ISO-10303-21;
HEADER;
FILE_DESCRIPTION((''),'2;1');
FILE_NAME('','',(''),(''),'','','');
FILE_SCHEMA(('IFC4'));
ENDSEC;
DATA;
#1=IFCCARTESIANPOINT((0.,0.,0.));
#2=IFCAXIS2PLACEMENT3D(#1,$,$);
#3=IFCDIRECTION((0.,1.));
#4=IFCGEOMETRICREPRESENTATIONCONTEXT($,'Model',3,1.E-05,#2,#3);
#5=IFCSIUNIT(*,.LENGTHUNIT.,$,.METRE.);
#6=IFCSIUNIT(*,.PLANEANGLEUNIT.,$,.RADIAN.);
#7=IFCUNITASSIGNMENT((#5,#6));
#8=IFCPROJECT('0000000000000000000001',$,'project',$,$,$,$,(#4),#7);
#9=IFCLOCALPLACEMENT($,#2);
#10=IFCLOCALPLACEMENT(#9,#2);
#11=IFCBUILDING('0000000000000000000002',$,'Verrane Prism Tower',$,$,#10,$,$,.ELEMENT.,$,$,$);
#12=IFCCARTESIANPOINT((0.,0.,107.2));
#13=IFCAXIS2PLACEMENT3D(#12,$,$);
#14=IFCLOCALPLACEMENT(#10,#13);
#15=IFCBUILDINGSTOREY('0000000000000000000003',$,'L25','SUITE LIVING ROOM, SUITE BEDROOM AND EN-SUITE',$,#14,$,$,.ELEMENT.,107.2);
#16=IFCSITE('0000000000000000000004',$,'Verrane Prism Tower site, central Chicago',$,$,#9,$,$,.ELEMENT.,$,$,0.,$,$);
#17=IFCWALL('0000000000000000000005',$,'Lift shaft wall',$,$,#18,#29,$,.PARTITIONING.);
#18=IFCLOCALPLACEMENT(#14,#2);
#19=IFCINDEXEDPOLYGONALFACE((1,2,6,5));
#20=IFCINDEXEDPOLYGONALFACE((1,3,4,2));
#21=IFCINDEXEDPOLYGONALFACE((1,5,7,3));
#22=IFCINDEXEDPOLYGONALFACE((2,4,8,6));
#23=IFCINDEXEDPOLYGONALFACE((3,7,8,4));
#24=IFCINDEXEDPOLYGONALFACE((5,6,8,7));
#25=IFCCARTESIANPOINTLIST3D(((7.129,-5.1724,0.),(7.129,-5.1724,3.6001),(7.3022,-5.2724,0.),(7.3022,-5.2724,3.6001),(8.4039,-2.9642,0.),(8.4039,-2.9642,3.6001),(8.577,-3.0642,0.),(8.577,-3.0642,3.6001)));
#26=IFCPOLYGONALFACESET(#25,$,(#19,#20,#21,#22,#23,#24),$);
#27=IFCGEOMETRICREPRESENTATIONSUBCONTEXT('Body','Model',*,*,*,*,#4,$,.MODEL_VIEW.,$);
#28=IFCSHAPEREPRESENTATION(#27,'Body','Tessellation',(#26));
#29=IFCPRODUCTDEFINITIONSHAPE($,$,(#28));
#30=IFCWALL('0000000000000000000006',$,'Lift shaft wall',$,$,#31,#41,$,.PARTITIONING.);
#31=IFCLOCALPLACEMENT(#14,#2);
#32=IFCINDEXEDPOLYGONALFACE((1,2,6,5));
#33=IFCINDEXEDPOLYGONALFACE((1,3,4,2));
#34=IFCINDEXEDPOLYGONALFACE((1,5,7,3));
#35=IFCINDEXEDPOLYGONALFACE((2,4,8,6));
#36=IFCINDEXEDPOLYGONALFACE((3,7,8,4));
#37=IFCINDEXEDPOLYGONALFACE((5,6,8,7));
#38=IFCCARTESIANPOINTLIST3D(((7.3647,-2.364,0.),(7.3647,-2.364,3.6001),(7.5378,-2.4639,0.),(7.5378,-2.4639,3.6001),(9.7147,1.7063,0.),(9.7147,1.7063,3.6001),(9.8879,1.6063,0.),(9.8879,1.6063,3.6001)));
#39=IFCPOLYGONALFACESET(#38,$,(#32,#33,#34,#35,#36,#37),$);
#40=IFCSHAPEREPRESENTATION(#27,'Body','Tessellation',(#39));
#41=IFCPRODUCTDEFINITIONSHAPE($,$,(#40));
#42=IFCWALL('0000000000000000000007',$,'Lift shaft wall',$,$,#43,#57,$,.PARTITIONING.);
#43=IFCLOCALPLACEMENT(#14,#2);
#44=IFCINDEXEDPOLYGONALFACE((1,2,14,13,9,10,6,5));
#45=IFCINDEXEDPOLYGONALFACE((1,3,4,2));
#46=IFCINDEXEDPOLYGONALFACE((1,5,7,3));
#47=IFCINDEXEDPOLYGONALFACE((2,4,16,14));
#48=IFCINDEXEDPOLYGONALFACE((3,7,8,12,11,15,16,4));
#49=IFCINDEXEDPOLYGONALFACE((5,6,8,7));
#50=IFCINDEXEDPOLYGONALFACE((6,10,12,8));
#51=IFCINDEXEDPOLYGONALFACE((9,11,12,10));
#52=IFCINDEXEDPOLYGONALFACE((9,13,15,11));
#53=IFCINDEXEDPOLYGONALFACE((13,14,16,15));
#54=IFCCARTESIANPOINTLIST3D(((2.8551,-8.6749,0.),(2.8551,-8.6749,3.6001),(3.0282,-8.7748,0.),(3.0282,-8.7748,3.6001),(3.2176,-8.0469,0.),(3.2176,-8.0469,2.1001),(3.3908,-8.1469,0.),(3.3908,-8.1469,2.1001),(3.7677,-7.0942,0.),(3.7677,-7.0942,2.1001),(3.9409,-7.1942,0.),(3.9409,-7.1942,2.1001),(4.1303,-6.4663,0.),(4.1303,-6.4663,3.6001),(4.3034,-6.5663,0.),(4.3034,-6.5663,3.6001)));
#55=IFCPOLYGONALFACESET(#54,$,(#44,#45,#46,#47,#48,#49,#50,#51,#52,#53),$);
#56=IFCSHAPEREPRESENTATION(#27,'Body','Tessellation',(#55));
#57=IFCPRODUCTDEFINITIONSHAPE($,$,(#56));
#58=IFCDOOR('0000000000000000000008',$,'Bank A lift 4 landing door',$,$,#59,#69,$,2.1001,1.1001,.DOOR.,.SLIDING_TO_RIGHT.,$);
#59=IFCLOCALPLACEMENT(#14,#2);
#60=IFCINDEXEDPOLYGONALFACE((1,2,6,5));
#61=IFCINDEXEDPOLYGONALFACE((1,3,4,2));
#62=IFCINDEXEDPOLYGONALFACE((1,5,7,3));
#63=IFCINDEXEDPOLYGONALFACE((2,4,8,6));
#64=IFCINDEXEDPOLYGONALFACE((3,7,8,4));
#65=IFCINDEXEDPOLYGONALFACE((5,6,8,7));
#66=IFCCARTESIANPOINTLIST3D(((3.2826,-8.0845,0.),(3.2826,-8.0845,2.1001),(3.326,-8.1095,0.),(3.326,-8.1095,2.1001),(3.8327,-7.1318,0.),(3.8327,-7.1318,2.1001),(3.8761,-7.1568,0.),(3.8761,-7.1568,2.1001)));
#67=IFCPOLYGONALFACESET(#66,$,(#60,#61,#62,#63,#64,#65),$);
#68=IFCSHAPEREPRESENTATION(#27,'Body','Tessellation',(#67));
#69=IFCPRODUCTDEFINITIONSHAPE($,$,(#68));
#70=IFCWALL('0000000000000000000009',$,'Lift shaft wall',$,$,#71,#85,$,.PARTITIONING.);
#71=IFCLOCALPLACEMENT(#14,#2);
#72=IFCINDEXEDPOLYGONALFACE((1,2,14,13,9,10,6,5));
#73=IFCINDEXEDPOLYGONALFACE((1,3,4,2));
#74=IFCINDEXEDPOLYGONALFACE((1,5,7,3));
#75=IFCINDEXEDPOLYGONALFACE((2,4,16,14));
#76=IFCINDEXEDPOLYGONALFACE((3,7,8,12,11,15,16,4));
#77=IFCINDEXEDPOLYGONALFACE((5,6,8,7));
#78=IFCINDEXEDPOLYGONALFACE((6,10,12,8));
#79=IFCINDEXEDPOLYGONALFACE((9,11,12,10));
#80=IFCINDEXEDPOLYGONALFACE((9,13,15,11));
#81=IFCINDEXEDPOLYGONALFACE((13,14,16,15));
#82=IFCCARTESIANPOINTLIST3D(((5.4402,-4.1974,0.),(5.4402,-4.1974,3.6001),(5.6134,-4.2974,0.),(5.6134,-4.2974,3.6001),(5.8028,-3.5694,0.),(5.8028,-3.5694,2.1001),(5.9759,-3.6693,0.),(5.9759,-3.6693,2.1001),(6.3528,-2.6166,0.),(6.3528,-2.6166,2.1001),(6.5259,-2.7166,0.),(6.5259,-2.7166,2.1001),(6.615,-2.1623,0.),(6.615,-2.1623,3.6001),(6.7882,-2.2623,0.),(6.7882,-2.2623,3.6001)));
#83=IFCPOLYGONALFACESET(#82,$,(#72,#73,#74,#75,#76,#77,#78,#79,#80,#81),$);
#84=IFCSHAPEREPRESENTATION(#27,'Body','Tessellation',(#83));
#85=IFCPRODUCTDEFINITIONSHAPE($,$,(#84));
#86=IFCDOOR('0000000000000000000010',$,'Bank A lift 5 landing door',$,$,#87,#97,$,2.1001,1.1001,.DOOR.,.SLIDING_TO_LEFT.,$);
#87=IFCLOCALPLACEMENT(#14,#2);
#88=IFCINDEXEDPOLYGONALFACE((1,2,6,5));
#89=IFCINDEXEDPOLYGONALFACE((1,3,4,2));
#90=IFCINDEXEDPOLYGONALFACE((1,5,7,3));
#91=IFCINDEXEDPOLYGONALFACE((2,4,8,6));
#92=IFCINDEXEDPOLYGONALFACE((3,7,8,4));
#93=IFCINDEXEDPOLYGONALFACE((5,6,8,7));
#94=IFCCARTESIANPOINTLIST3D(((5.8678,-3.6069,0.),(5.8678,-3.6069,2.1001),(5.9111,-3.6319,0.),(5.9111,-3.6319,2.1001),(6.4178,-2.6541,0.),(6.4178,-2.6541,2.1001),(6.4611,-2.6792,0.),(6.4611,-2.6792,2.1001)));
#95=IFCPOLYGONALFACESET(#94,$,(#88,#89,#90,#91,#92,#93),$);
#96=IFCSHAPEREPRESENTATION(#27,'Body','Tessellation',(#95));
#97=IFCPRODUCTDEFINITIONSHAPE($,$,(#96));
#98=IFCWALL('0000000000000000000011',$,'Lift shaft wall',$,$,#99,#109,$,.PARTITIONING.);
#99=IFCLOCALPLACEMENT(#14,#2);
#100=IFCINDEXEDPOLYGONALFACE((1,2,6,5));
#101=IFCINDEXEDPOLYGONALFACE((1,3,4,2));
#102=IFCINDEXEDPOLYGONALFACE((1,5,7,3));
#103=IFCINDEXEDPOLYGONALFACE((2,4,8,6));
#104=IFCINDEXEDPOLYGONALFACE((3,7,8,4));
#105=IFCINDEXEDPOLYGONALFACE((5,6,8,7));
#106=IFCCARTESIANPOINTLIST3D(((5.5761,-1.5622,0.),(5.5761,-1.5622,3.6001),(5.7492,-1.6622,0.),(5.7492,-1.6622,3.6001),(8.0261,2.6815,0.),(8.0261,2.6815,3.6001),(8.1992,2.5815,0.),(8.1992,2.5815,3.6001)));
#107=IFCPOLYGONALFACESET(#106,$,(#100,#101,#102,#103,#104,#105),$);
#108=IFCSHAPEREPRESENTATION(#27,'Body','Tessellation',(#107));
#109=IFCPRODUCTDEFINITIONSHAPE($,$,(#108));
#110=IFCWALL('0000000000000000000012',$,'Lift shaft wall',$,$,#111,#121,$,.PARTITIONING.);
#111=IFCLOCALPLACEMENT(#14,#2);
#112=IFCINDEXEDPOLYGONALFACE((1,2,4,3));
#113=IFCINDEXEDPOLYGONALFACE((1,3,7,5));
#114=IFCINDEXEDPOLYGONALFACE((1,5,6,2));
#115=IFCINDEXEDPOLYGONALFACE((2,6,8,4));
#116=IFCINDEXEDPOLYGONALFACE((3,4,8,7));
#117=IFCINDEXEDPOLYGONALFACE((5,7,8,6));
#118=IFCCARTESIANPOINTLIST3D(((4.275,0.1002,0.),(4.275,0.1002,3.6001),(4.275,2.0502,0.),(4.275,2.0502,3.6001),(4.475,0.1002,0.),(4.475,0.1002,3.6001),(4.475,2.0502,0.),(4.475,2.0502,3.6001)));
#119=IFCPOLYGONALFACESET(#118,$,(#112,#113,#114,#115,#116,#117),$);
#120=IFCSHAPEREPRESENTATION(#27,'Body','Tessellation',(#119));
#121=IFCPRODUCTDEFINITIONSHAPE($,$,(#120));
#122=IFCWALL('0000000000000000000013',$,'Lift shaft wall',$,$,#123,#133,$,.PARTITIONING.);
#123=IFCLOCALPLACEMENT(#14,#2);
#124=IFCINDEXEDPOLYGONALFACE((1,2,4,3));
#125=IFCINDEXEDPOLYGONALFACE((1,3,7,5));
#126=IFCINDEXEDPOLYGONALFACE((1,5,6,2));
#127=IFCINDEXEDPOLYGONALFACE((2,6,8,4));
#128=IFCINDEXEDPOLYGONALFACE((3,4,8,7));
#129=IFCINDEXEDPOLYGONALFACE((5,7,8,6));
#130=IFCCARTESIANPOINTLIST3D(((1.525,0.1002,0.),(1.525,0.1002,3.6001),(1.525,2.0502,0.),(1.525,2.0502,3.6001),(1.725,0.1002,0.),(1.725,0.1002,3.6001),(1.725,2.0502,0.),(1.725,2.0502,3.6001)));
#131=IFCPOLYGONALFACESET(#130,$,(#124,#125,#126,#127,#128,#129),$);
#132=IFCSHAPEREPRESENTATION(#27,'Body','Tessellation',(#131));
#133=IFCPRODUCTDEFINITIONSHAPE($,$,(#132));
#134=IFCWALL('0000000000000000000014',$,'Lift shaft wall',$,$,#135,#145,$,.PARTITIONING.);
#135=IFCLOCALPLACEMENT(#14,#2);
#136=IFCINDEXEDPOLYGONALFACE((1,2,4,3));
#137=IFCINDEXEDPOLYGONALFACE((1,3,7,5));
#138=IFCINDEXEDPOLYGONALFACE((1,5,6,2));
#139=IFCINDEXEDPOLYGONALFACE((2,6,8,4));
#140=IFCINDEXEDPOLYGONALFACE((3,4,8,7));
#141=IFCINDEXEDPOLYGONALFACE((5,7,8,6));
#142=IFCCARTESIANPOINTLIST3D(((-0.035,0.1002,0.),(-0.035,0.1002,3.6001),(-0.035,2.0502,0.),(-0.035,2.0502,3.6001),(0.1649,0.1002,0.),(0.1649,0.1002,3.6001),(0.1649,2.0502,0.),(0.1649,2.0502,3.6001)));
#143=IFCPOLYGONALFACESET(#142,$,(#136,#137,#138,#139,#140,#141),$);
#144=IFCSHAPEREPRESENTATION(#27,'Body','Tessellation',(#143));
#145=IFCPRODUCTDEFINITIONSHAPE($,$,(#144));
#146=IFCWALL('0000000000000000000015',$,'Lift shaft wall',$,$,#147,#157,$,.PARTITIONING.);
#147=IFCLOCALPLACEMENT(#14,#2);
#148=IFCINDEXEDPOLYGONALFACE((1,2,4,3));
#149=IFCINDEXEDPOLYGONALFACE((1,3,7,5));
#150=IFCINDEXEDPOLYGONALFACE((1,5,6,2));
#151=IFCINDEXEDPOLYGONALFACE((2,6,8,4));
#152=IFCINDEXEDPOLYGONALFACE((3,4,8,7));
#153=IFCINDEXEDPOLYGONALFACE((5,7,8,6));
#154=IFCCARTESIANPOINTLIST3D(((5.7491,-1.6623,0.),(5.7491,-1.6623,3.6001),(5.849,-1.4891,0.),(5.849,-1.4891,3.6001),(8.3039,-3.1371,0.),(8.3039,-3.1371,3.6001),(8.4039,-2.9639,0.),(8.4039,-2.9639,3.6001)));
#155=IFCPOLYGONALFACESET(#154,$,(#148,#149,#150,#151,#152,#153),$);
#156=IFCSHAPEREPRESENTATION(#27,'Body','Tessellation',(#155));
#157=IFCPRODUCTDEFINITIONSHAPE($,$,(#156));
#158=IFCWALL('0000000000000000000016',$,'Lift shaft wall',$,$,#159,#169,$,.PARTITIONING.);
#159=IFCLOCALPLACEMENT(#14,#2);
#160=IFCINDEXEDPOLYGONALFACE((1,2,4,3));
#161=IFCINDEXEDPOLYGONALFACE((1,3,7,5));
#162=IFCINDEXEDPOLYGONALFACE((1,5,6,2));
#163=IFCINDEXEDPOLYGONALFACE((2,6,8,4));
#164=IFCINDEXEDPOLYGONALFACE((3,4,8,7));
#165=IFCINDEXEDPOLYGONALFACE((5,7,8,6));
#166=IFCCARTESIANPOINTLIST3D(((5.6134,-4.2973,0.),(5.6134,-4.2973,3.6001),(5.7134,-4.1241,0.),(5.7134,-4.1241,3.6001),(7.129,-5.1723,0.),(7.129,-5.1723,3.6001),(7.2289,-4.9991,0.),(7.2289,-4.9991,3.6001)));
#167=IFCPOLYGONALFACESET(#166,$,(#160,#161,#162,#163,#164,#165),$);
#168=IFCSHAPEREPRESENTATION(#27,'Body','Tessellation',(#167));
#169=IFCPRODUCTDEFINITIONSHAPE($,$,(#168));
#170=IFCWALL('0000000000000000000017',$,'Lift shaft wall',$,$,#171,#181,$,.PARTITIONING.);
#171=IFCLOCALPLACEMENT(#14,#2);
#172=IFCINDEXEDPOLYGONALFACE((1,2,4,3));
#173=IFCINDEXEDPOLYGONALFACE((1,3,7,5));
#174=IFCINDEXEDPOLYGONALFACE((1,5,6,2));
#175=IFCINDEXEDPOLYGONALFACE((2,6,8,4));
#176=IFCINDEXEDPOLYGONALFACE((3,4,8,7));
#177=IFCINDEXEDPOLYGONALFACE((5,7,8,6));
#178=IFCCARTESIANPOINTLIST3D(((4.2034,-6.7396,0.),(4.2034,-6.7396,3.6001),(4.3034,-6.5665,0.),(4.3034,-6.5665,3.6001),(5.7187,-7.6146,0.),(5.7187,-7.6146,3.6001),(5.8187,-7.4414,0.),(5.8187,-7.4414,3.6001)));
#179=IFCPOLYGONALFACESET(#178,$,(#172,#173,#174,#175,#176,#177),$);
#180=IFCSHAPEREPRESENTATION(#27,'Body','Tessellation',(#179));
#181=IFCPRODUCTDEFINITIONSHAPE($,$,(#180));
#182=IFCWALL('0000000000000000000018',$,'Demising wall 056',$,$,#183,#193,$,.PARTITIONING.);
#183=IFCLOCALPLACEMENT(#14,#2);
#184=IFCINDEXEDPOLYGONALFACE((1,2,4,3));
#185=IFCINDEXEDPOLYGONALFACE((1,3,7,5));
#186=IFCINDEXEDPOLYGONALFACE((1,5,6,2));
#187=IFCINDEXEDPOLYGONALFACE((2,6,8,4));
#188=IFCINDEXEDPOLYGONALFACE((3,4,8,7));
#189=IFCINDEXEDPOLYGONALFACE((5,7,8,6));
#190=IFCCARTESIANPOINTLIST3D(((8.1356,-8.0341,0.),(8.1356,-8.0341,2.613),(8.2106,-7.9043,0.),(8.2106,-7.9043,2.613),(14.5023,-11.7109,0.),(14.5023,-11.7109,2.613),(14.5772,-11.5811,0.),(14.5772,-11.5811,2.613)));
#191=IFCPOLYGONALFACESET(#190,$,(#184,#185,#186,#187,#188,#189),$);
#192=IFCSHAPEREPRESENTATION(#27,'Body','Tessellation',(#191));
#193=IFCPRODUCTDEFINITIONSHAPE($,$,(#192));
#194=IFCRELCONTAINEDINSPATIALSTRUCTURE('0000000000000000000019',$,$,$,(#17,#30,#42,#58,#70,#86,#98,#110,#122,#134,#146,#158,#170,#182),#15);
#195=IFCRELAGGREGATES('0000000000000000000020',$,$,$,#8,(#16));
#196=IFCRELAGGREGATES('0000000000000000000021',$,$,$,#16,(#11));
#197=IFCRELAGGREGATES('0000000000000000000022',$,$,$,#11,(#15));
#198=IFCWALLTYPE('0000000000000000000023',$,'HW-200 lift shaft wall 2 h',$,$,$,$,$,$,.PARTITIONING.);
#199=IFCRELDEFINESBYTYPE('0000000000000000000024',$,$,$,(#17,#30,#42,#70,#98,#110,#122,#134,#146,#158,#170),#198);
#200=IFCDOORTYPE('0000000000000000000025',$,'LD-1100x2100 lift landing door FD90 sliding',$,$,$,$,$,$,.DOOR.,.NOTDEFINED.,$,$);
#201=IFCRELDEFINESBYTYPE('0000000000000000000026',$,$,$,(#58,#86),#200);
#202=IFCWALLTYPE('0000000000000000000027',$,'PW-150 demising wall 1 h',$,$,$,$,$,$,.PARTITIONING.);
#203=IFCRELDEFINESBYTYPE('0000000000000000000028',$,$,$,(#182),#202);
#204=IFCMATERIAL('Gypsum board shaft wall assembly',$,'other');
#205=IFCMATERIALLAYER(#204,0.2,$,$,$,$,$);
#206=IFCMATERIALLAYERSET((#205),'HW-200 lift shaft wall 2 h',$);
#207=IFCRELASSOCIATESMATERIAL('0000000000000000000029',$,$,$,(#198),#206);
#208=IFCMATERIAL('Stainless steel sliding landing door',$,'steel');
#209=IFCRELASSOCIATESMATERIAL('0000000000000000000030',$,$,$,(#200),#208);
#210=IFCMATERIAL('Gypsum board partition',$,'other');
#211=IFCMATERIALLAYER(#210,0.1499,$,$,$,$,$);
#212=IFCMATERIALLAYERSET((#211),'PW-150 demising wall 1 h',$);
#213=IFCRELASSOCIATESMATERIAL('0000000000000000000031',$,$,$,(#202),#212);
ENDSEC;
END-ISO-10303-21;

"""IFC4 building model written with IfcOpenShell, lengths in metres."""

from ifc_helpers import new_model, si_unit, direction, frame, frame_2d, origin, place, context, subcontext, project, spatial, rectangle, extrude, material, layer, layer_set, type_object, element, fill, save


model = new_model("IFC4")

# Units and contexts
model_context = context("Model", 3, precision=1e-05, world=origin(), true_north=direction((0.0, 1.0)))
body_context = subcontext(model_context, "Body", "Model", "MODEL_VIEW")
ifc_project = project(units=[si_unit("LENGTHUNIT", "METRE"), si_unit("PLANEANGLEUNIT", "RADIAN")], contexts=[model_context])

# Site, building, storey
site_placement = place(None, origin())
site = spatial("IfcSite", under=ifc_project, at=site_placement, Name="Verrane Prism Tower site, central Chicago", CompositionType="ELEMENT", RefElevation=0.0)
building_placement = place(site_placement, origin())
building = spatial("IfcBuilding", under=site, at=building_placement, Name="Verrane Prism Tower", CompositionType="ELEMENT")
storey_placement = place(building_placement, frame((0.0, 0.0, 107.2)))
storey = spatial("IfcBuildingStorey", under=building, at=storey_placement, Name="L25", Description="SUITE LIVING ROOM, SUITE BEDROOM AND EN-SUITE", CompositionType="ELEMENT", Elevation=107.2)

# Walls
ifc_material_1 = material(Name="Gypsum board shaft wall assembly", Category="other")
ifc_layer_1 = layer(ifc_material_1, 0.2)
ifc_layer_set_1 = layer_set([ifc_layer_1], Name="HW-200 lift shaft wall 2 h")
wall_type_1 = type_object("IfcWallType", Name="HW-200 lift shaft wall 2 h", PredefinedType="PARTITIONING", material=ifc_layer_set_1)
wall_1_placement = place(storey_placement, frame((7.2156, -5.2224, 0.0), z_axis=(0.0, 0.0, 1.0), x_axis=(0.49999, 0.866031, 0.0)))
element("IfcWall", 1, at=wall_1_placement, inside=storey, type_object=wall_type_1, Name="Lift shaft wall", PredefinedType="PARTITIONING", context=body_context, shape_type="SweptSolid", body=[
    extrude(rectangle(XDim=2.5498, YDim=0.2, at=frame_2d((1.2749, 0.0))), origin(), (0.0, 0.0, 1.0), 3.6001),
])
wall_2_placement = place(storey_placement, frame((7.4512, -2.4141, 0.0), z_axis=(0.0, 0.0, 1.0), x_axis=(0.500016, 0.866016, 0.0)))
element("IfcWall", 2, at=wall_2_placement, inside=storey, type_object=wall_type_1, Name="Lift shaft wall", PredefinedType="PARTITIONING", context=body_context, shape_type="SweptSolid", body=[
    extrude(rectangle(XDim=4.7, YDim=0.2, at=frame_2d((2.3501, 0.0))), origin(), (0.0, 0.0, 1.0), 3.6001),
])

# Walls, openings, doors
wall_3_placement = place(storey_placement, frame((2.9417, -8.7249, 0.0), z_axis=(0.0, 0.0, 1.0), x_axis=(0.500021, 0.866013, 0.0)))
wall_3 = element("IfcWall", 3, at=wall_3_placement, inside=storey, type_object=wall_type_1, Name="Lift shaft wall", PredefinedType="PARTITIONING", context=body_context, shape_type="SweptSolid", body=[
    extrude(rectangle(XDim=2.5503, YDim=0.2, at=frame_2d((1.2751, 0.0))), origin(), (0.0, 0.0, 1.0), 3.6001),
])
opening_1_placement = place(wall_3_placement, frame((0.7251, 0.0, 0.0)))
opening_1 = element("IfcOpeningElement", 4, at=opening_1_placement, cuts=wall_3, PredefinedType="OPENING", context=body_context, shape_type="SweptSolid", body=[
    extrude(rectangle(XDim=1.1001, YDim=2.1001, at=frame_2d((0.55, 1.05))), frame((0.0, 0.1099, 0.0), z_axis=(0.0, -1.0, 0.0), x_axis=(1.0, 0.0, 0.0)), (0.0, 0.0, 1.0), 0.22),
])
ifc_material_2 = material(Name="Stainless steel sliding landing door", Category="steel")
door_type_1 = type_object("IfcDoorType", Name="LD-1100x2100 lift landing door FD90 sliding", OperationType="NOTDEFINED", PredefinedType="DOOR", material=ifc_material_2)
door_1_placement = place(opening_1_placement, origin())
door_1 = element("IfcDoor", 5, at=door_1_placement, inside=storey, type_object=door_type_1, Name="Bank A lift 4 landing door", OperationType="SLIDING_TO_RIGHT", OverallHeight=2.1001, OverallWidth=1.1001, PredefinedType="DOOR", context=body_context, shape_type="SweptSolid", body=[
    extrude(rectangle(XDim=1.1001, YDim=2.1001, at=frame_2d((0.55, 1.05))), frame((0.0, 0.0249, 0.0), z_axis=(0.0, -1.0, 0.0), x_axis=(1.0, 0.0, 0.0)), (0.0, 0.0, 1.0), 0.05),
])
fill(opening_1, door_1)
wall_4_placement = place(storey_placement, frame((5.5269, -4.2473, 0.0), z_axis=(0.0, 0.0, 1.0), x_axis=(0.499938, 0.866061, 0.0)))
wall_4 = element("IfcWall", 6, at=wall_4_placement, inside=storey, type_object=wall_type_1, Name="Lift shaft wall", PredefinedType="PARTITIONING", context=body_context, shape_type="SweptSolid", body=[
    extrude(rectangle(XDim=2.3499, YDim=0.2, at=frame_2d((1.1748, 0.0))), origin(), (0.0, 0.0, 1.0), 3.6001),
])
opening_2_placement = place(wall_4_placement, frame((0.7251, 0.0, 0.0)))
opening_2 = element("IfcOpeningElement", 7, at=opening_2_placement, cuts=wall_4, PredefinedType="OPENING", context=body_context, shape_type="SweptSolid", body=[
    extrude(rectangle(XDim=1.1001, YDim=2.1001, at=frame_2d((0.55, 1.05))), frame((0.0, 0.1099, 0.0), z_axis=(0.0, -1.0, 0.0), x_axis=(1.0, 0.0, 0.0)), (0.0, 0.0, 1.0), 0.22),
])
door_2_placement = place(opening_2_placement, origin())
door_2 = element("IfcDoor", 8, at=door_2_placement, inside=storey, type_object=door_type_1, Name="Bank A lift 5 landing door", OperationType="SLIDING_TO_LEFT", OverallHeight=2.1001, OverallWidth=1.1001, PredefinedType="DOOR", context=body_context, shape_type="SweptSolid", body=[
    extrude(rectangle(XDim=1.1001, YDim=2.1001, at=frame_2d((0.55, 1.05))), frame((0.0, 0.0249, 0.0), z_axis=(0.0, -1.0, 0.0), x_axis=(1.0, 0.0, 0.0)), (0.0, 0.0, 1.0), 0.05),
])
fill(opening_2, door_2)

# Walls
wall_5_placement = place(storey_placement, frame((5.6626, -1.6123, 0.0), z_axis=(0.0, 0.0, 1.0), x_axis=(0.499981, 0.866036, 0.0)))
element("IfcWall", 9, at=wall_5_placement, inside=storey, type_object=wall_type_1, Name="Lift shaft wall", PredefinedType="PARTITIONING", context=body_context, shape_type="SweptSolid", body=[
    extrude(rectangle(XDim=4.9001, YDim=0.2, at=frame_2d((2.4502, 0.0))), origin(), (0.0, 0.0, 1.0), 3.6001),
])
for number, where, z_axis, x_axis, name in (
    (10, (4.375, 0.1001, 0.0), (0.0, 0.0, 1.0), (0.0, 1.0, 0.0), "Lift shaft wall"),
    (11, (1.625, 0.1001, 0.0), (0.0, 0.0, 1.0), (0.0, 1.0, 0.0), "Lift shaft wall"),
    (12, (0.0649, 0.1001, 0.0), (0.0, 0.0, 1.0), (0.0, 1.0, 0.0), "Lift shaft wall"),
):
    element("IfcWall", number, at=place(storey_placement, frame(where, z_axis=z_axis, x_axis=x_axis)), inside=storey, type_object=wall_type_1, Name=name, PredefinedType="PARTITIONING", context=body_context, shape_type="SweptSolid", body=[
        extrude(rectangle(XDim=1.95, YDim=0.2, at=frame_2d((0.9751, 0.0))), origin(), (0.0, 0.0, 1.0), 3.6001),
    ])
wall_6_placement = place(storey_placement, frame((8.354, -3.0505, 0.0), z_axis=(0.0, 0.0, 1.0), x_axis=(-0.86606, 0.49994, 0.0)))
element("IfcWall", 13, at=wall_6_placement, inside=storey, type_object=wall_type_1, Name="Lift shaft wall", PredefinedType="PARTITIONING", context=body_context, shape_type="SweptSolid", body=[
    extrude(rectangle(XDim=2.95, YDim=0.2, at=frame_2d((1.4751, 0.0))), origin(), (0.0, 0.0, 1.0), 3.6001),
])
wall_7_placement = place(storey_placement, frame((7.179, -5.0857, 0.0), z_axis=(0.0, 0.0, 1.0), x_axis=(-0.866037, 0.49998, 0.0)))
element("IfcWall", 14, at=wall_7_placement, inside=storey, type_object=wall_type_1, Name="Lift shaft wall", PredefinedType="PARTITIONING", context=body_context, shape_type="SweptSolid", body=[
    extrude(rectangle(XDim=1.75, YDim=0.2, at=frame_2d((0.875, 0.0))), origin(), (0.0, 0.0, 1.0), 3.6001),
])
wall_8_placement = place(storey_placement, frame((5.7688, -7.5281, 0.0), z_axis=(0.0, 0.0, 1.0), x_axis=(-0.866002, 0.50004, 0.0)))
element("IfcWall", 15, at=wall_8_placement, inside=storey, type_object=wall_type_1, Name="Lift shaft wall", PredefinedType="PARTITIONING", context=body_context, shape_type="SweptSolid", body=[
    extrude(rectangle(XDim=1.7498, YDim=0.2, at=frame_2d((0.875, 0.0))), origin(), (0.0, 0.0, 1.0), 3.6001),
])
ifc_material_3 = material(Name="Gypsum board partition", Category="other")
ifc_layer_2 = layer(ifc_material_3, 0.1499)
ifc_layer_set_2 = layer_set([ifc_layer_2], Name="PW-150 demising wall 1 h")
wall_type_2 = type_object("IfcWallType", Name="PW-150 demising wall 1 h", PredefinedType="PARTITIONING", material=ifc_layer_set_2)
wall_9_placement = place(storey_placement, frame((8.1731, -7.9692, 0.0), z_axis=(0.0, 0.0, 1.0), x_axis=(0.86597, -0.500096, 0.0)))
element("IfcWall", 16, at=wall_9_placement, inside=storey, type_object=wall_type_2, Name="Demising wall 056", PredefinedType="PARTITIONING", context=body_context, shape_type="SweptSolid", body=[
    extrude(rectangle(XDim=7.3521, YDim=0.1499, at=frame_2d((3.676, 0.0))), origin(), (0.0, 0.0, 1.0), 2.613),
])

save(model, "model.ifc")
